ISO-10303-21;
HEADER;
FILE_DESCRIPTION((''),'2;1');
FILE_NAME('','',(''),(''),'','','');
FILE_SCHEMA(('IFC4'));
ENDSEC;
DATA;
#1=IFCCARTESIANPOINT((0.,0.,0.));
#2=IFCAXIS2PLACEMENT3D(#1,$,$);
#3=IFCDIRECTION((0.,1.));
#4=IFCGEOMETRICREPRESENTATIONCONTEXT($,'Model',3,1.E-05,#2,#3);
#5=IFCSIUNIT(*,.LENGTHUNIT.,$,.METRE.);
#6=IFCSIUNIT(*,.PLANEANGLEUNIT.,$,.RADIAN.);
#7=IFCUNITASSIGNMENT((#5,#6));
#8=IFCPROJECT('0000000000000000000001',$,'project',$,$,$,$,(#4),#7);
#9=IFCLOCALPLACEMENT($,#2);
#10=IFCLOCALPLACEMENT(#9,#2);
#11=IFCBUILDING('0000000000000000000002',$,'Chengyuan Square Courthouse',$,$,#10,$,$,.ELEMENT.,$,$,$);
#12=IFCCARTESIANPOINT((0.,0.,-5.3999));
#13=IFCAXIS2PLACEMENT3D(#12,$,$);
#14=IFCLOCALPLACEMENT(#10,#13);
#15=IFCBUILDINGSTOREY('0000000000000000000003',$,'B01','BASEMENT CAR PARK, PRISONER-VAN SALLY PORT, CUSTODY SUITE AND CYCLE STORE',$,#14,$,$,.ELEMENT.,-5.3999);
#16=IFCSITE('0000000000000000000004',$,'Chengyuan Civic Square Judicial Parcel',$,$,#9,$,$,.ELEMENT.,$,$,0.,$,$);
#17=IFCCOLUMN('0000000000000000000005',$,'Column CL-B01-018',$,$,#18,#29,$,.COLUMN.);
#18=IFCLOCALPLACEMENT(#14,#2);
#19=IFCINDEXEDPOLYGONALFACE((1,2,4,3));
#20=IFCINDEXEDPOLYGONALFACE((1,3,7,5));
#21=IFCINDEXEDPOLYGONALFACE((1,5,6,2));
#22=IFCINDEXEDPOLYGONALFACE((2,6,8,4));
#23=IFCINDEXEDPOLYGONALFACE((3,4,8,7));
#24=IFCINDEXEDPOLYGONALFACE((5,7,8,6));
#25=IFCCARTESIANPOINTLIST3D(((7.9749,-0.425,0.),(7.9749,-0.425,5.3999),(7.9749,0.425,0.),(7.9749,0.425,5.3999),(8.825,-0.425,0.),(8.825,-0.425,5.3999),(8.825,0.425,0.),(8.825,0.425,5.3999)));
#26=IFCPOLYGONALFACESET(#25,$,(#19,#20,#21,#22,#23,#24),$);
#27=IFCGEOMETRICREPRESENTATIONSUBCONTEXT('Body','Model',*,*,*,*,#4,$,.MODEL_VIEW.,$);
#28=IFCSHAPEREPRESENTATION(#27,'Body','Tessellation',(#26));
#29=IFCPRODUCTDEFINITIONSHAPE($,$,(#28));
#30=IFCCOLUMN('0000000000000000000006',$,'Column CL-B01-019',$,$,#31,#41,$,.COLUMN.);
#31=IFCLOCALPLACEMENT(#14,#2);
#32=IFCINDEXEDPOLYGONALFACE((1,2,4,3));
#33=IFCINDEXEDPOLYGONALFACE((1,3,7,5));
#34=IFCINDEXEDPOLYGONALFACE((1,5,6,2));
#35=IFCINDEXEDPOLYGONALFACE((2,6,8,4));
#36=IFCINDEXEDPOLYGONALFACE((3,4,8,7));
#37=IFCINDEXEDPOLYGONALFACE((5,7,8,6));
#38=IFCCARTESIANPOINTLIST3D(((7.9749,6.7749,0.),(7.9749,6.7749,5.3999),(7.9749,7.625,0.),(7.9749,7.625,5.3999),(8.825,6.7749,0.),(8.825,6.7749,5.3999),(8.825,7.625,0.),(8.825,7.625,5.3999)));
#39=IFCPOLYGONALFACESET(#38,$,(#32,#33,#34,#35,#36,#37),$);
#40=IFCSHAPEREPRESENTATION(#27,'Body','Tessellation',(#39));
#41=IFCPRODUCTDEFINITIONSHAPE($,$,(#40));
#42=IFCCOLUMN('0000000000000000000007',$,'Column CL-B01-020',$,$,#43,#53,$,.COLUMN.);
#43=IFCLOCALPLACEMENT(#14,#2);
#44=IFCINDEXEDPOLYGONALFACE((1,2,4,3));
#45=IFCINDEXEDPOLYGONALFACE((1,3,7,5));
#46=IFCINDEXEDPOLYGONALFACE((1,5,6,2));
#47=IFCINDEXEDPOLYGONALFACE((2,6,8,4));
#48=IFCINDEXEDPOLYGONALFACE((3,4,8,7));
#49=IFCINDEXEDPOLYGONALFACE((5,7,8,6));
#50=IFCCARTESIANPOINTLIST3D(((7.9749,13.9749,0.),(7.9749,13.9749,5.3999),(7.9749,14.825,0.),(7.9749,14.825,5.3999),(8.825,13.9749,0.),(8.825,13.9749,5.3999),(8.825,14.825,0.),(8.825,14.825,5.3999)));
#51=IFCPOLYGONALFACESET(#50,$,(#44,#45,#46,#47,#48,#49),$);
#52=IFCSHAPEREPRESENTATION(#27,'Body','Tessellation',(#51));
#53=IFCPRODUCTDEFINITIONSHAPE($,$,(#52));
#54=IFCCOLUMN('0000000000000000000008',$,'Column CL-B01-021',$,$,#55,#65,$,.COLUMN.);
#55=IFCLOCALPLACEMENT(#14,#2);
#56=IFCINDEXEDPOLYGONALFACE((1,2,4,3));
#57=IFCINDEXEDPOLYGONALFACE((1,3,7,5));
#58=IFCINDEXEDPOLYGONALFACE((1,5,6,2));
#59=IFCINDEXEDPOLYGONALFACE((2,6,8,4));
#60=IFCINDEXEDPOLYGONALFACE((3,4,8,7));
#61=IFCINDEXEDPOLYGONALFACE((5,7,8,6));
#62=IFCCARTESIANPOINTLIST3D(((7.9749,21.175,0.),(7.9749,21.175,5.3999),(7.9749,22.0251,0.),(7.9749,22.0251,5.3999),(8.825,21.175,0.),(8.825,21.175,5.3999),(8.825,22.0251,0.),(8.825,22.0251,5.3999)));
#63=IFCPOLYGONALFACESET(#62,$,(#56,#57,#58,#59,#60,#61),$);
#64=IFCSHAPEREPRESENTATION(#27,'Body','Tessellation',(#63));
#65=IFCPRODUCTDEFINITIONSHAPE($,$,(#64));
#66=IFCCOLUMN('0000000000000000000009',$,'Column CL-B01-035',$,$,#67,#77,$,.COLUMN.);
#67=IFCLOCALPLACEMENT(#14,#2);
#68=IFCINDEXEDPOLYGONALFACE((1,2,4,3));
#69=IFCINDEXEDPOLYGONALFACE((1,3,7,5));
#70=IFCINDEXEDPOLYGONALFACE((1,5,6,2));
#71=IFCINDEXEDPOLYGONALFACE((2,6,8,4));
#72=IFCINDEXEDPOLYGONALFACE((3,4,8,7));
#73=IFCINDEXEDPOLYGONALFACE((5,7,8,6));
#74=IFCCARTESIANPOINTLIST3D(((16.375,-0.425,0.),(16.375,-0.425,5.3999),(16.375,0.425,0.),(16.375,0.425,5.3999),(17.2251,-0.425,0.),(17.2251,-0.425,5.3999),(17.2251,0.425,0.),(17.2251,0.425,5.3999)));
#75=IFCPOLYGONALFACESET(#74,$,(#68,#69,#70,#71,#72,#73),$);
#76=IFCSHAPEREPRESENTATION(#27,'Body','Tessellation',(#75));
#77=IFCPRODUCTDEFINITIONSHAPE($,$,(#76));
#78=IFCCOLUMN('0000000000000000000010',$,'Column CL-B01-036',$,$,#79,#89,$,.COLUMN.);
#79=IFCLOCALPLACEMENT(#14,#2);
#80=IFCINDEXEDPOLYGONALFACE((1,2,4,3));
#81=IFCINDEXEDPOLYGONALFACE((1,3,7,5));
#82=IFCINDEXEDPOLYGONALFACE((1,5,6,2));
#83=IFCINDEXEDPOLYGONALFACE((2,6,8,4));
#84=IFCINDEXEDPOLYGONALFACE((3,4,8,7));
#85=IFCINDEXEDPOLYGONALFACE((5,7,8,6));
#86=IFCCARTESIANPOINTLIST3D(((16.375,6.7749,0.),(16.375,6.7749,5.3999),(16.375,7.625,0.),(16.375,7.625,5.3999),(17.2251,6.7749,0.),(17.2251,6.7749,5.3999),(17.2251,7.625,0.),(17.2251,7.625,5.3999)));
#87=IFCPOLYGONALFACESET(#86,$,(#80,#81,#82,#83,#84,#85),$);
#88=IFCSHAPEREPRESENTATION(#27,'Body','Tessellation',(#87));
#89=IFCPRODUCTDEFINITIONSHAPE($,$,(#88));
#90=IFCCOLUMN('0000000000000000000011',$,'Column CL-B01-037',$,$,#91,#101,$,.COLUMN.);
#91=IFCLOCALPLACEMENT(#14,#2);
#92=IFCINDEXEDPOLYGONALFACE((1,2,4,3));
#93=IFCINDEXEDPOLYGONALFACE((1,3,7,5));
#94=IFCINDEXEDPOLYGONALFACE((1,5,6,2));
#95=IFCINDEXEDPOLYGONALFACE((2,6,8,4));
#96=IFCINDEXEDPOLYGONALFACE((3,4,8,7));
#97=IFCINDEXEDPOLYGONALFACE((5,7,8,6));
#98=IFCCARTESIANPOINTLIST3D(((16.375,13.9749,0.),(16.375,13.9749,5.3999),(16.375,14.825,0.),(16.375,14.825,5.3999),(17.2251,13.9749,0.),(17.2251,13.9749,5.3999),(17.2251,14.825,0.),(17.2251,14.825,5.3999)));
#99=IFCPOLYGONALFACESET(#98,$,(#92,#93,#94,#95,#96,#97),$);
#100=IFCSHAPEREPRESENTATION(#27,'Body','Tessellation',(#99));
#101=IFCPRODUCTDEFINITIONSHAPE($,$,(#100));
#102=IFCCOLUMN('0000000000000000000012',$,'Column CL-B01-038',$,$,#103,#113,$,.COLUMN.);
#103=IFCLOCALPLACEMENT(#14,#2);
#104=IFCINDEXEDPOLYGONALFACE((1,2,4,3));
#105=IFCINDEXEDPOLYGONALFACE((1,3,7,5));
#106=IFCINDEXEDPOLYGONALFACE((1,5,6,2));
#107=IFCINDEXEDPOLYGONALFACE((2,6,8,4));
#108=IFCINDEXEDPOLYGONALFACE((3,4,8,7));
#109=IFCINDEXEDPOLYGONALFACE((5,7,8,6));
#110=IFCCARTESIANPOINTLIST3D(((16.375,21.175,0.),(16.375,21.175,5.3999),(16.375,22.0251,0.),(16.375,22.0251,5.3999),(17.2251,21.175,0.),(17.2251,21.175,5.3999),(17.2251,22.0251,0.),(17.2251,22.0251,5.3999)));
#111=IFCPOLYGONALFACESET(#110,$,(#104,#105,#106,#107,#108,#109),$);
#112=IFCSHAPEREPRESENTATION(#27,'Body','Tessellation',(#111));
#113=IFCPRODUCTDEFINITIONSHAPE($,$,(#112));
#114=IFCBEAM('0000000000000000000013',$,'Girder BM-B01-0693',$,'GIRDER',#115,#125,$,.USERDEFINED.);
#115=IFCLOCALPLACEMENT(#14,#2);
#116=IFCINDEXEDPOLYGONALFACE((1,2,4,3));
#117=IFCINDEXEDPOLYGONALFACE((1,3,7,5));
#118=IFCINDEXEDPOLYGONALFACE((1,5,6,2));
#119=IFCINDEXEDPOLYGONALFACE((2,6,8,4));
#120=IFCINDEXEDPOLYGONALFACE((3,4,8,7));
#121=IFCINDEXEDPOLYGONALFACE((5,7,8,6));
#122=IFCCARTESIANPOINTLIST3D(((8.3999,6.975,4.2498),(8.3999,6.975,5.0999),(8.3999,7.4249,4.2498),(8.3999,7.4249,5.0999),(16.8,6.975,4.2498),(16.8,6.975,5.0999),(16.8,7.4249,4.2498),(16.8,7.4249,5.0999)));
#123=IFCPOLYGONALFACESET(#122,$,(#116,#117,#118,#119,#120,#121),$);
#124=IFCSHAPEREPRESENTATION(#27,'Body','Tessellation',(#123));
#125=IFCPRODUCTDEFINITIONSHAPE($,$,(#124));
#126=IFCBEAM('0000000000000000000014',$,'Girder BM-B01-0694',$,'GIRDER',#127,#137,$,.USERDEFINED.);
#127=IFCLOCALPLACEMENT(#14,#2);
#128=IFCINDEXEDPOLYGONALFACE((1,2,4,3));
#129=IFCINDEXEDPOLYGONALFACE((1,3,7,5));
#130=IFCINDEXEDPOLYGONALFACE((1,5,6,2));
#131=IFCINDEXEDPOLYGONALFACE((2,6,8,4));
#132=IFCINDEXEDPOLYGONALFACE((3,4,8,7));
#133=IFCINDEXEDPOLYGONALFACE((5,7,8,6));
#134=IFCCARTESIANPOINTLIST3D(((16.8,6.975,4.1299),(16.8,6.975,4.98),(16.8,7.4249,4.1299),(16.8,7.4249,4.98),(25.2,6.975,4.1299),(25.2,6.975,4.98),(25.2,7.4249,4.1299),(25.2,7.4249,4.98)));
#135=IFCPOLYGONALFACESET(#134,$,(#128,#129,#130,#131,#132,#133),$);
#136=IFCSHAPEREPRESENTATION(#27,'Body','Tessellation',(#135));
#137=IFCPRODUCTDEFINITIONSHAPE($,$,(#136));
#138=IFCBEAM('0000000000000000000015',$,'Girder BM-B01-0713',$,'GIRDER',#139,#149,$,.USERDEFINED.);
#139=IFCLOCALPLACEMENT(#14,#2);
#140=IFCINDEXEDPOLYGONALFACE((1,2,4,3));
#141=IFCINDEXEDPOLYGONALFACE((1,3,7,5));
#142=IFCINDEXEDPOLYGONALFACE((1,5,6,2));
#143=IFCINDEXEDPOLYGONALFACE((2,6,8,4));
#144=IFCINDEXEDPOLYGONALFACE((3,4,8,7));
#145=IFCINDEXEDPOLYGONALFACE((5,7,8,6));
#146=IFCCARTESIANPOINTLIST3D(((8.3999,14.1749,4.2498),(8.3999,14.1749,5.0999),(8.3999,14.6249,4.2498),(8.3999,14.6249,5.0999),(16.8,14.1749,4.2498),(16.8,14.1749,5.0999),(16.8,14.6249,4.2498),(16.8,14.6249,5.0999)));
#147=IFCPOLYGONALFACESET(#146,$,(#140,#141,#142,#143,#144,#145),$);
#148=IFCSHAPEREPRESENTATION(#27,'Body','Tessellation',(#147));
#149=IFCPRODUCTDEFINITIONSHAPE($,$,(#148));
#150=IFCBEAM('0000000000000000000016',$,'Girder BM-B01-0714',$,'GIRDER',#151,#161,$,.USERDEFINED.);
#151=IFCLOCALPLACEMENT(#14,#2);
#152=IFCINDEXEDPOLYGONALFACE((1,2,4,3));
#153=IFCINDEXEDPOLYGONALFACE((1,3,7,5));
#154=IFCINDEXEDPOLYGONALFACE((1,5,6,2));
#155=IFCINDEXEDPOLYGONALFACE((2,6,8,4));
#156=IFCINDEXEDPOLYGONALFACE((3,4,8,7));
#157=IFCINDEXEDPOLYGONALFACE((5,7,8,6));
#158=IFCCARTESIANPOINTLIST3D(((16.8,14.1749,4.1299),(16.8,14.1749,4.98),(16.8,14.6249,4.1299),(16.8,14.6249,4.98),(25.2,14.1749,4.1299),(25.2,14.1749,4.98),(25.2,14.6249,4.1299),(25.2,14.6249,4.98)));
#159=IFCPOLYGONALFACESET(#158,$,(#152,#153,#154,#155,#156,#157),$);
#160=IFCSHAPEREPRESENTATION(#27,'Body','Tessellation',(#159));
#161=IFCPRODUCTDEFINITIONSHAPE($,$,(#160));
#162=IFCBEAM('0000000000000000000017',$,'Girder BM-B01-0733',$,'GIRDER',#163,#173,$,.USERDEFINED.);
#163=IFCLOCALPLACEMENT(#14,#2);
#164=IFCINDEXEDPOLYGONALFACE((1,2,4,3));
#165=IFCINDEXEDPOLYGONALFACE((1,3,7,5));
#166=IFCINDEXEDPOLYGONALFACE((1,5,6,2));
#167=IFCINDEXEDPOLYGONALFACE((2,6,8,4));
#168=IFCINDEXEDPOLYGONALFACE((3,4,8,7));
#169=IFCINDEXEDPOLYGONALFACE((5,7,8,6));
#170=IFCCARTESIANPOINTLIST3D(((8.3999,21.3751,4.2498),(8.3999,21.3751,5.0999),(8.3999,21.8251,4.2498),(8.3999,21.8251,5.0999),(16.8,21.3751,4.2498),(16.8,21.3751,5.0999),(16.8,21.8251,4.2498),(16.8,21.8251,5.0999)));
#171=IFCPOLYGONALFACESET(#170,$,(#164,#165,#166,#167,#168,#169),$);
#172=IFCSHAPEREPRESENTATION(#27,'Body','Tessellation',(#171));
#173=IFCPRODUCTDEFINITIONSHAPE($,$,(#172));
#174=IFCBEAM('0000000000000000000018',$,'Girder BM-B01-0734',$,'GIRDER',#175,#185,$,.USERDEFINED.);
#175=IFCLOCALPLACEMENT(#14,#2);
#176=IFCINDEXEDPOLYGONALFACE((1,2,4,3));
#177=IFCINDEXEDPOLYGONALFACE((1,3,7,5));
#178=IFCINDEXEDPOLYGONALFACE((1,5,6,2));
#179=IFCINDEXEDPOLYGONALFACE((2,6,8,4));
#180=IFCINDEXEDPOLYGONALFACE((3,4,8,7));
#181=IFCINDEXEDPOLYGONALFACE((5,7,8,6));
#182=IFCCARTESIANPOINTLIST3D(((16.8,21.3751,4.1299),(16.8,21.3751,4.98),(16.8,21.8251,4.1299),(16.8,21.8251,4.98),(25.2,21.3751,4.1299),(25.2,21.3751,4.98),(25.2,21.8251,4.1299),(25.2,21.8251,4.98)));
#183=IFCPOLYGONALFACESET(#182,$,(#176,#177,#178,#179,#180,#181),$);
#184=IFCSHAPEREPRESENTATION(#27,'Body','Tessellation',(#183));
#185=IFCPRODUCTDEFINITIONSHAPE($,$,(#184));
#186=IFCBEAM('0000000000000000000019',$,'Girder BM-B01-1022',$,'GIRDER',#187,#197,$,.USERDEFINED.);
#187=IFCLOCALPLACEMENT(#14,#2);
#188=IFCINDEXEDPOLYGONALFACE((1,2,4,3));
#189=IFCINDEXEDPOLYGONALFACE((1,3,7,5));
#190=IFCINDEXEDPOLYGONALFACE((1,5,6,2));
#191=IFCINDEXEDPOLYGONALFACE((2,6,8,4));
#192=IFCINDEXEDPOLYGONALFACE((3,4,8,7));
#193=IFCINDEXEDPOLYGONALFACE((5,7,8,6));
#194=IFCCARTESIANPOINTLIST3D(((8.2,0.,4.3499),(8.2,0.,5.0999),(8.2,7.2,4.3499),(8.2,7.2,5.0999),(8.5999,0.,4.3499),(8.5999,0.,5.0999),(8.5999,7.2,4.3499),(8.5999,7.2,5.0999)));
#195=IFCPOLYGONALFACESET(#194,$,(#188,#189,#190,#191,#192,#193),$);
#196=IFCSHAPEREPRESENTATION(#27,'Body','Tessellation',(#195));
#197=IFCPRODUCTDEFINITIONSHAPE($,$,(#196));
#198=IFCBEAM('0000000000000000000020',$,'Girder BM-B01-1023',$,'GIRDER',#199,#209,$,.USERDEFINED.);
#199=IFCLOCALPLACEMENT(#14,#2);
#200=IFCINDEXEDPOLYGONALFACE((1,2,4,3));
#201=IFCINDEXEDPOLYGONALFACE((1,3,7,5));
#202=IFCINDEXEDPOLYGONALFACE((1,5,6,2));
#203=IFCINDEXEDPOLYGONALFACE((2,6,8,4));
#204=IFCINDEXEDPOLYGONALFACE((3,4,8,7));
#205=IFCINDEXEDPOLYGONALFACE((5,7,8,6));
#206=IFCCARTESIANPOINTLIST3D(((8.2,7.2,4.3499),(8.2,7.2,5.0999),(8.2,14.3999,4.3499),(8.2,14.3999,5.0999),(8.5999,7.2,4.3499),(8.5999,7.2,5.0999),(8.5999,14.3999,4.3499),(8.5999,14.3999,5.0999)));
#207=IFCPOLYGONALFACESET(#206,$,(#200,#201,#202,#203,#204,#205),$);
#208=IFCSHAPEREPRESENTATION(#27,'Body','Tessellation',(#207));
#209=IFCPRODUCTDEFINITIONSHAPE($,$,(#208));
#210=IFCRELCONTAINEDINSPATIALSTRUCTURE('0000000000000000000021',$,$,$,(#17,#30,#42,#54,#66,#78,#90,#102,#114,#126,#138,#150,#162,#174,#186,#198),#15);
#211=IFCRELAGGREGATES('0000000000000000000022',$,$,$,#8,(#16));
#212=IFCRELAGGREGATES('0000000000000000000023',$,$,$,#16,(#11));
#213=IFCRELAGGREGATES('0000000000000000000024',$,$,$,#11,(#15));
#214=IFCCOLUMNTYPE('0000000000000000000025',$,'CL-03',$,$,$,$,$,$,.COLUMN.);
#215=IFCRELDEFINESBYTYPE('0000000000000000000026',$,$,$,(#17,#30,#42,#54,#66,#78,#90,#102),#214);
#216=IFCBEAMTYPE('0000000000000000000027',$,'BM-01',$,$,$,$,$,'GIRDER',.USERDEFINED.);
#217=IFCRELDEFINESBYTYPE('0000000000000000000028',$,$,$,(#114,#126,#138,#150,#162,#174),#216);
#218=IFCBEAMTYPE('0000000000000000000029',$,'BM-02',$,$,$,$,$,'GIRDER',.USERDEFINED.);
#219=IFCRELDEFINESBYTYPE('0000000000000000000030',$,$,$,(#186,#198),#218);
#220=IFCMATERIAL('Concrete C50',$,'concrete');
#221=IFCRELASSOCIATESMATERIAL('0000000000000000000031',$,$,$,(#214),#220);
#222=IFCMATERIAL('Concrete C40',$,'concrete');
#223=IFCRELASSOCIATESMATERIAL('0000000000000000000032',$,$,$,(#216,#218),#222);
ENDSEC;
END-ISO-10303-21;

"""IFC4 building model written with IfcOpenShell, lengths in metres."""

from ifc_helpers import new_model, si_unit, direction, frame, origin, origin_2d, place, context, subcontext, project, spatial, rectangle, extrude, material, material_profile, profile_set, type_object, element, save


model = new_model("IFC4")

# Units and contexts
model_context = context("Model", 3, precision=1e-05, world=origin(), true_north=direction((0.0, 1.0)))
body_context = subcontext(model_context, "Body", "Model", "MODEL_VIEW")
ifc_project = project(units=[si_unit("LENGTHUNIT", "METRE"), si_unit("PLANEANGLEUNIT", "RADIAN")], contexts=[model_context])

# Site, building, storey
site_placement = place(None, origin())
site = spatial("IfcSite", under=ifc_project, at=site_placement, Name="Chengyuan Civic Square Judicial Parcel", CompositionType="ELEMENT", RefElevation=0.0)
building_placement = place(site_placement, origin())
building = spatial("IfcBuilding", under=site, at=building_placement, Name="Chengyuan Square Courthouse", CompositionType="ELEMENT")
storey_placement = place(building_placement, frame((0.0, 0.0, -5.3999)))
storey = spatial("IfcBuildingStorey", under=building, at=storey_placement, Name="B01", Description="BASEMENT CAR PARK, PRISONER-VAN SALLY PORT, CUSTODY SUITE AND CYCLE STORE", CompositionType="ELEMENT", Elevation=-5.3999)

# Columns
ifc_material_1 = material(Name="Concrete C50", Category="concrete")
ifc_material_profile_1 = material_profile(ifc_material_1, rectangle(XDim=0.8501, YDim=0.8501, at=origin_2d()), Name="RC-COL-850x850")
ifc_profile_set_1 = profile_set([ifc_material_profile_1], Name="Concrete C50")
column_type = type_object("IfcColumnType", Name="CL-03", PredefinedType="COLUMN", material=ifc_profile_set_1)
for number, where, z_axis, x_axis, name in (
    (1, (8.3999, 0.0, 0.0), (0.0, 0.0, 1.0), (1.0, 0.0, 0.0), "Column CL-B01-018"),
    (2, (8.3999, 7.2, 0.0), (0.0, 0.0, 1.0), (1.0, 0.0, 0.0), "Column CL-B01-019"),
    (3, (8.3999, 14.3999, 0.0), (0.0, 0.0, 1.0), (1.0, 0.0, 0.0), "Column CL-B01-020"),
    (4, (8.3999, 21.6001, 0.0), (0.0, 0.0, 1.0), (1.0, 0.0, 0.0), "Column CL-B01-021"),
    (5, (16.8, 0.0, 0.0), (0.0, 0.0, 1.0), (1.0, 0.0, 0.0), "Column CL-B01-035"),
    (6, (16.8, 7.2, 0.0), (0.0, 0.0, 1.0), (1.0, 0.0, 0.0), "Column CL-B01-036"),
    (7, (16.8, 14.3999, 0.0), (0.0, 0.0, 1.0), (1.0, 0.0, 0.0), "Column CL-B01-037"),
    (8, (16.8, 21.6001, 0.0), (0.0, 0.0, 1.0), (1.0, 0.0, 0.0), "Column CL-B01-038"),
):
    element("IfcColumn", number, at=place(storey_placement, frame(where, z_axis=z_axis, x_axis=x_axis)), inside=storey, type_object=column_type, Name=name, PredefinedType="COLUMN", context=body_context, shape_type="SweptSolid", body=[
        extrude(rectangle(XDim=0.8501, YDim=0.8501, at=origin_2d()), origin(), (0.0, 0.0, 1.0), 5.3999),
    ])

# Beams
ifc_material_2 = material(Name="Concrete C40", Category="concrete")
ifc_material_profile_2 = material_profile(ifc_material_2, rectangle(XDim=0.45, YDim=0.8501, at=origin_2d()), Name="RC-BM-450x850")
ifc_profile_set_2 = profile_set([ifc_material_profile_2], Name="Concrete C40")
beam_type_1 = type_object("IfcBeamType", Name="BM-01", ElementType="GIRDER", PredefinedType="USERDEFINED", material=ifc_profile_set_2)
beam_1_placement = place(storey_placement, frame((8.3999, 7.2, 4.6748), z_axis=(1.0, 0.0, 0.0), x_axis=(0.0, 1.0, 0.0)))
element("IfcBeam", 9, at=beam_1_placement, inside=storey, type_object=beam_type_1, Name="Girder BM-B01-0693", ObjectType="GIRDER", PredefinedType="USERDEFINED", context=body_context, shape_type="SweptSolid", body=[
    extrude(rectangle(XDim=0.45, YDim=0.8501, at=origin_2d()), origin(), (0.0, 0.0, 1.0), 8.4001),
])
beam_2_placement = place(storey_placement, frame((16.8, 7.2, 4.5549), z_axis=(1.0, 0.0, 0.0), x_axis=(0.0, 1.0, 0.0)))
element("IfcBeam", 10, at=beam_2_placement, inside=storey, type_object=beam_type_1, Name="Girder BM-B01-0694", ObjectType="GIRDER", PredefinedType="USERDEFINED", context=body_context, shape_type="SweptSolid", body=[
    extrude(rectangle(XDim=0.45, YDim=0.8501, at=origin_2d()), origin(), (0.0, 0.0, 1.0), 8.3999),
])
beam_3_placement = place(storey_placement, frame((8.3999, 14.3999, 4.6748), z_axis=(1.0, 0.0, 0.0), x_axis=(0.0, 1.0, 0.0)))
element("IfcBeam", 11, at=beam_3_placement, inside=storey, type_object=beam_type_1, Name="Girder BM-B01-0713", ObjectType="GIRDER", PredefinedType="USERDEFINED", context=body_context, shape_type="SweptSolid", body=[
    extrude(rectangle(XDim=0.45, YDim=0.8501, at=origin_2d()), origin(), (0.0, 0.0, 1.0), 8.4001),
])
beam_4_placement = place(storey_placement, frame((16.8, 14.3999, 4.5549), z_axis=(1.0, 0.0, 0.0), x_axis=(0.0, 1.0, 0.0)))
element("IfcBeam", 12, at=beam_4_placement, inside=storey, type_object=beam_type_1, Name="Girder BM-B01-0714", ObjectType="GIRDER", PredefinedType="USERDEFINED", context=body_context, shape_type="SweptSolid", body=[
    extrude(rectangle(XDim=0.45, YDim=0.8501, at=origin_2d()), origin(), (0.0, 0.0, 1.0), 8.3999),
])
beam_5_placement = place(storey_placement, frame((8.3999, 21.6001, 4.6748), z_axis=(1.0, 0.0, 0.0), x_axis=(0.0, 1.0, 0.0)))
element("IfcBeam", 13, at=beam_5_placement, inside=storey, type_object=beam_type_1, Name="Girder BM-B01-0733", ObjectType="GIRDER", PredefinedType="USERDEFINED", context=body_context, shape_type="SweptSolid", body=[
    extrude(rectangle(XDim=0.45, YDim=0.8501, at=origin_2d()), origin(), (0.0, 0.0, 1.0), 8.4001),
])
beam_6_placement = place(storey_placement, frame((16.8, 21.6001, 4.5549), z_axis=(1.0, 0.0, 0.0), x_axis=(0.0, 1.0, 0.0)))
element("IfcBeam", 14, at=beam_6_placement, inside=storey, type_object=beam_type_1, Name="Girder BM-B01-0734", ObjectType="GIRDER", PredefinedType="USERDEFINED", context=body_context, shape_type="SweptSolid", body=[
    extrude(rectangle(XDim=0.45, YDim=0.8501, at=origin_2d()), origin(), (0.0, 0.0, 1.0), 8.3999),
])
ifc_material_profile_3 = material_profile(ifc_material_2, rectangle(XDim=0.3999, YDim=0.75, at=origin_2d()), Name="RC-BM-400x750")
ifc_profile_set_3 = profile_set([ifc_material_profile_3], Name="Concrete C40")
beam_type_2 = type_object("IfcBeamType", Name="BM-02", ElementType="GIRDER", PredefinedType="USERDEFINED", material=ifc_profile_set_3)
for number, where, z_axis, x_axis, name in (
    (15, (8.3999, 0.0, 4.7249), (0.0, 1.0, 0.0), (-1.0, 0.0, 0.0), "Girder BM-B01-1022"),
    (16, (8.3999, 7.2, 4.7249), (0.0, 1.0, 0.0), (-1.0, 0.0, 0.0), "Girder BM-B01-1023"),
):
    element("IfcBeam", number, at=place(storey_placement, frame(where, z_axis=z_axis, x_axis=x_axis)), inside=storey, type_object=beam_type_2, Name=name, ObjectType="GIRDER", PredefinedType="USERDEFINED", context=body_context, shape_type="SweptSolid", body=[
        extrude(rectangle(XDim=0.3999, YDim=0.75, at=origin_2d()), origin(), (0.0, 0.0, 1.0), 7.2),
    ])

save(model, "model.ifc")
